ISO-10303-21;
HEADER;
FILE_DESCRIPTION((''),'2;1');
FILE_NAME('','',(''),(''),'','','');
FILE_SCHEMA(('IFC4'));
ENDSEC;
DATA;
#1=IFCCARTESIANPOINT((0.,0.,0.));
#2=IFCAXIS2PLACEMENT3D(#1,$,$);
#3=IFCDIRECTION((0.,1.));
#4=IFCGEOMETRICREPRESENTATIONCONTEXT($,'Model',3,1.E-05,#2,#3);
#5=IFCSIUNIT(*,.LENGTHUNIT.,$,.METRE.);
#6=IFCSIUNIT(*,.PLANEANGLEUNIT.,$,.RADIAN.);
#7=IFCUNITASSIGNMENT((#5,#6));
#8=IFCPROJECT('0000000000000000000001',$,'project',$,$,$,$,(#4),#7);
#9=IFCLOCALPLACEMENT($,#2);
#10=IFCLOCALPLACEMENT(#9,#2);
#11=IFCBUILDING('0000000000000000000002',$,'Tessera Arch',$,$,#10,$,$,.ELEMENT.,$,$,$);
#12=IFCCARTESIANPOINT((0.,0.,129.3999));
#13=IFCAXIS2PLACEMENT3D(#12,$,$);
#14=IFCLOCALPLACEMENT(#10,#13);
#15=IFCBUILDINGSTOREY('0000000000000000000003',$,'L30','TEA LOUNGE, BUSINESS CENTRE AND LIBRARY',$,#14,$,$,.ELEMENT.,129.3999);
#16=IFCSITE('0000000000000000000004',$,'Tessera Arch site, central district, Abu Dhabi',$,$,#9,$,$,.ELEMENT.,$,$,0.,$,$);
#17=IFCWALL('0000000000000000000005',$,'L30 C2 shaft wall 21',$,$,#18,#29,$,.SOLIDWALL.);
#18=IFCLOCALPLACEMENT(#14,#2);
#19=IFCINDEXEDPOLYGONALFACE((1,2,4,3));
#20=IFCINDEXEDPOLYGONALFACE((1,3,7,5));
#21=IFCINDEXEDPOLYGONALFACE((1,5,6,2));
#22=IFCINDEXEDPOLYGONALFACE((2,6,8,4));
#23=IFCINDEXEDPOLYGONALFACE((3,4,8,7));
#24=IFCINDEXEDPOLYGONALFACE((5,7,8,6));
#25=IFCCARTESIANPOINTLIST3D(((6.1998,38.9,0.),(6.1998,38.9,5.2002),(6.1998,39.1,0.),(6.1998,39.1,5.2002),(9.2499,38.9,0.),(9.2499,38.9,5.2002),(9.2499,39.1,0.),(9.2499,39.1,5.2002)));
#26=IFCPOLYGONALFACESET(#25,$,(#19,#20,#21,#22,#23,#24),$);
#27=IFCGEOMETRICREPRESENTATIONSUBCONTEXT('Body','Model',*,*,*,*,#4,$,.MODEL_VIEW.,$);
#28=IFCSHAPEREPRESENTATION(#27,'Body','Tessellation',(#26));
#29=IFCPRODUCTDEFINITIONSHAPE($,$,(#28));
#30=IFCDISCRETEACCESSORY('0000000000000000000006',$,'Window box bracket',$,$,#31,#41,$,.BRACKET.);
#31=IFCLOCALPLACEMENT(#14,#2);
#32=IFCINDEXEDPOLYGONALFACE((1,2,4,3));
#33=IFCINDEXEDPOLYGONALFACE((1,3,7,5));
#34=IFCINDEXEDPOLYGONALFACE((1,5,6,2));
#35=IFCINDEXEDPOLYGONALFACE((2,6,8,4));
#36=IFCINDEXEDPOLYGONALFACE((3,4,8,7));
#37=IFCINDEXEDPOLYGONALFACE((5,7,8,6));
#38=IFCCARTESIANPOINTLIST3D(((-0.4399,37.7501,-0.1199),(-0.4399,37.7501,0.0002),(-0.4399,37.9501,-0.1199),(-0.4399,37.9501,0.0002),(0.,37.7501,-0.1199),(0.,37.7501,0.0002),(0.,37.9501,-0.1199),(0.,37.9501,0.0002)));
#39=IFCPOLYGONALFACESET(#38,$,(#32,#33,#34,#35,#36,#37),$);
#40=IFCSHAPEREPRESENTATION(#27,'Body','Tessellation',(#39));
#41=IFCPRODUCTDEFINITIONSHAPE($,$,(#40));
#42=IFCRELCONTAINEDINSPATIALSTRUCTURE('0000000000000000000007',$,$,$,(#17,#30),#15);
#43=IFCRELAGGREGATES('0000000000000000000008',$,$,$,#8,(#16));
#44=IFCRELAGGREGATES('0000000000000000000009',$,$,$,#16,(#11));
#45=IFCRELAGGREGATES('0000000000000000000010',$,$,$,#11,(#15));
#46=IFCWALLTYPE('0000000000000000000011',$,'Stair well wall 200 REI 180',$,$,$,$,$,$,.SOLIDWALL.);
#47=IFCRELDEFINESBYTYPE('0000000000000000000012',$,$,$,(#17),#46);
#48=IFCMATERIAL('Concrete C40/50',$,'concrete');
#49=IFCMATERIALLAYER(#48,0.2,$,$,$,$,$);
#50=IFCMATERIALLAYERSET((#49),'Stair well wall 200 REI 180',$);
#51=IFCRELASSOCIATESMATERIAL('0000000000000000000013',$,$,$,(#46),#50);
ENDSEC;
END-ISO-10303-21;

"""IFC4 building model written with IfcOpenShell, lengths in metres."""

from ifc_helpers import new_model, si_unit, direction, frame, frame_2d, origin, origin_2d, place, context, subcontext, project, spatial, rectangle, extrude, material, layer, layer_set, type_object, element, save


model = new_model("IFC4")

# Units and contexts
model_context = context("Model", 3, precision=1e-05, world=origin(), true_north=direction((0.0, 1.0)))
body_context = subcontext(model_context, "Body", "Model", "MODEL_VIEW")
ifc_project = project(units=[si_unit("LENGTHUNIT", "METRE"), si_unit("PLANEANGLEUNIT", "RADIAN")], contexts=[model_context])

# Site, building, storey
site_placement = place(None, origin())
site = spatial("IfcSite", under=ifc_project, at=site_placement, Name="Tessera Arch site, central district, Abu Dhabi", CompositionType="ELEMENT", RefElevation=0.0)
building_placement = place(site_placement, origin())
building = spatial("IfcBuilding", under=site, at=building_placement, Name="Tessera Arch", CompositionType="ELEMENT")
storey_placement = place(building_placement, frame((0.0, 0.0, 129.3999)))
storey = spatial("IfcBuildingStorey", under=building, at=storey_placement, Name="L30", Description="TEA LOUNGE, BUSINESS CENTRE AND LIBRARY", CompositionType="ELEMENT", Elevation=129.3999)

# Wall
ifc_material_1 = material(Name="Concrete C40/50", Category="concrete")
ifc_layer_1 = layer(ifc_material_1, 0.2)
ifc_layer_set_1 = layer_set([ifc_layer_1], Name="Stair well wall 200 REI 180")
wall_type_1 = type_object("IfcWallType", Name="Stair well wall 200 REI 180", PredefinedType="SOLIDWALL", material=ifc_layer_set_1)
wall_1_placement = place(storey_placement, frame((6.2, 39.0, 0.0), z_axis=(0.0, 0.0, 1.0), x_axis=(1.0, 0.0, 0.0)))
element("IfcWall", 1, at=wall_1_placement, inside=storey, type_object=wall_type_1, Name="L30 C2 shaft wall 21", PredefinedType="SOLIDWALL", context=body_context, shape_type="SweptSolid", body=[
    extrude(rectangle(XDim=3.05, YDim=0.2, at=frame_2d((1.5249, 0.0))), origin(), (0.0, 0.0, 1.0), 5.2002),
])

# Discrete accessory
discrete_accessory_placement = place(storey_placement, frame((-0.22, 37.8501, -0.1199), z_axis=(0.0, 0.0, 1.0), x_axis=(-1.0, 0.0, 0.0)))
element("IfcDiscreteAccessory", 2, at=discrete_accessory_placement, inside=storey, Name="Window box bracket", PredefinedType="BRACKET", context=body_context, shape_type="SweptSolid", body=[
    extrude(rectangle(XDim=0.4399, YDim=0.2, at=origin_2d()), origin(), (0.0, 0.0, 1.0), 0.1201),
])

save(model, "model.ifc")
